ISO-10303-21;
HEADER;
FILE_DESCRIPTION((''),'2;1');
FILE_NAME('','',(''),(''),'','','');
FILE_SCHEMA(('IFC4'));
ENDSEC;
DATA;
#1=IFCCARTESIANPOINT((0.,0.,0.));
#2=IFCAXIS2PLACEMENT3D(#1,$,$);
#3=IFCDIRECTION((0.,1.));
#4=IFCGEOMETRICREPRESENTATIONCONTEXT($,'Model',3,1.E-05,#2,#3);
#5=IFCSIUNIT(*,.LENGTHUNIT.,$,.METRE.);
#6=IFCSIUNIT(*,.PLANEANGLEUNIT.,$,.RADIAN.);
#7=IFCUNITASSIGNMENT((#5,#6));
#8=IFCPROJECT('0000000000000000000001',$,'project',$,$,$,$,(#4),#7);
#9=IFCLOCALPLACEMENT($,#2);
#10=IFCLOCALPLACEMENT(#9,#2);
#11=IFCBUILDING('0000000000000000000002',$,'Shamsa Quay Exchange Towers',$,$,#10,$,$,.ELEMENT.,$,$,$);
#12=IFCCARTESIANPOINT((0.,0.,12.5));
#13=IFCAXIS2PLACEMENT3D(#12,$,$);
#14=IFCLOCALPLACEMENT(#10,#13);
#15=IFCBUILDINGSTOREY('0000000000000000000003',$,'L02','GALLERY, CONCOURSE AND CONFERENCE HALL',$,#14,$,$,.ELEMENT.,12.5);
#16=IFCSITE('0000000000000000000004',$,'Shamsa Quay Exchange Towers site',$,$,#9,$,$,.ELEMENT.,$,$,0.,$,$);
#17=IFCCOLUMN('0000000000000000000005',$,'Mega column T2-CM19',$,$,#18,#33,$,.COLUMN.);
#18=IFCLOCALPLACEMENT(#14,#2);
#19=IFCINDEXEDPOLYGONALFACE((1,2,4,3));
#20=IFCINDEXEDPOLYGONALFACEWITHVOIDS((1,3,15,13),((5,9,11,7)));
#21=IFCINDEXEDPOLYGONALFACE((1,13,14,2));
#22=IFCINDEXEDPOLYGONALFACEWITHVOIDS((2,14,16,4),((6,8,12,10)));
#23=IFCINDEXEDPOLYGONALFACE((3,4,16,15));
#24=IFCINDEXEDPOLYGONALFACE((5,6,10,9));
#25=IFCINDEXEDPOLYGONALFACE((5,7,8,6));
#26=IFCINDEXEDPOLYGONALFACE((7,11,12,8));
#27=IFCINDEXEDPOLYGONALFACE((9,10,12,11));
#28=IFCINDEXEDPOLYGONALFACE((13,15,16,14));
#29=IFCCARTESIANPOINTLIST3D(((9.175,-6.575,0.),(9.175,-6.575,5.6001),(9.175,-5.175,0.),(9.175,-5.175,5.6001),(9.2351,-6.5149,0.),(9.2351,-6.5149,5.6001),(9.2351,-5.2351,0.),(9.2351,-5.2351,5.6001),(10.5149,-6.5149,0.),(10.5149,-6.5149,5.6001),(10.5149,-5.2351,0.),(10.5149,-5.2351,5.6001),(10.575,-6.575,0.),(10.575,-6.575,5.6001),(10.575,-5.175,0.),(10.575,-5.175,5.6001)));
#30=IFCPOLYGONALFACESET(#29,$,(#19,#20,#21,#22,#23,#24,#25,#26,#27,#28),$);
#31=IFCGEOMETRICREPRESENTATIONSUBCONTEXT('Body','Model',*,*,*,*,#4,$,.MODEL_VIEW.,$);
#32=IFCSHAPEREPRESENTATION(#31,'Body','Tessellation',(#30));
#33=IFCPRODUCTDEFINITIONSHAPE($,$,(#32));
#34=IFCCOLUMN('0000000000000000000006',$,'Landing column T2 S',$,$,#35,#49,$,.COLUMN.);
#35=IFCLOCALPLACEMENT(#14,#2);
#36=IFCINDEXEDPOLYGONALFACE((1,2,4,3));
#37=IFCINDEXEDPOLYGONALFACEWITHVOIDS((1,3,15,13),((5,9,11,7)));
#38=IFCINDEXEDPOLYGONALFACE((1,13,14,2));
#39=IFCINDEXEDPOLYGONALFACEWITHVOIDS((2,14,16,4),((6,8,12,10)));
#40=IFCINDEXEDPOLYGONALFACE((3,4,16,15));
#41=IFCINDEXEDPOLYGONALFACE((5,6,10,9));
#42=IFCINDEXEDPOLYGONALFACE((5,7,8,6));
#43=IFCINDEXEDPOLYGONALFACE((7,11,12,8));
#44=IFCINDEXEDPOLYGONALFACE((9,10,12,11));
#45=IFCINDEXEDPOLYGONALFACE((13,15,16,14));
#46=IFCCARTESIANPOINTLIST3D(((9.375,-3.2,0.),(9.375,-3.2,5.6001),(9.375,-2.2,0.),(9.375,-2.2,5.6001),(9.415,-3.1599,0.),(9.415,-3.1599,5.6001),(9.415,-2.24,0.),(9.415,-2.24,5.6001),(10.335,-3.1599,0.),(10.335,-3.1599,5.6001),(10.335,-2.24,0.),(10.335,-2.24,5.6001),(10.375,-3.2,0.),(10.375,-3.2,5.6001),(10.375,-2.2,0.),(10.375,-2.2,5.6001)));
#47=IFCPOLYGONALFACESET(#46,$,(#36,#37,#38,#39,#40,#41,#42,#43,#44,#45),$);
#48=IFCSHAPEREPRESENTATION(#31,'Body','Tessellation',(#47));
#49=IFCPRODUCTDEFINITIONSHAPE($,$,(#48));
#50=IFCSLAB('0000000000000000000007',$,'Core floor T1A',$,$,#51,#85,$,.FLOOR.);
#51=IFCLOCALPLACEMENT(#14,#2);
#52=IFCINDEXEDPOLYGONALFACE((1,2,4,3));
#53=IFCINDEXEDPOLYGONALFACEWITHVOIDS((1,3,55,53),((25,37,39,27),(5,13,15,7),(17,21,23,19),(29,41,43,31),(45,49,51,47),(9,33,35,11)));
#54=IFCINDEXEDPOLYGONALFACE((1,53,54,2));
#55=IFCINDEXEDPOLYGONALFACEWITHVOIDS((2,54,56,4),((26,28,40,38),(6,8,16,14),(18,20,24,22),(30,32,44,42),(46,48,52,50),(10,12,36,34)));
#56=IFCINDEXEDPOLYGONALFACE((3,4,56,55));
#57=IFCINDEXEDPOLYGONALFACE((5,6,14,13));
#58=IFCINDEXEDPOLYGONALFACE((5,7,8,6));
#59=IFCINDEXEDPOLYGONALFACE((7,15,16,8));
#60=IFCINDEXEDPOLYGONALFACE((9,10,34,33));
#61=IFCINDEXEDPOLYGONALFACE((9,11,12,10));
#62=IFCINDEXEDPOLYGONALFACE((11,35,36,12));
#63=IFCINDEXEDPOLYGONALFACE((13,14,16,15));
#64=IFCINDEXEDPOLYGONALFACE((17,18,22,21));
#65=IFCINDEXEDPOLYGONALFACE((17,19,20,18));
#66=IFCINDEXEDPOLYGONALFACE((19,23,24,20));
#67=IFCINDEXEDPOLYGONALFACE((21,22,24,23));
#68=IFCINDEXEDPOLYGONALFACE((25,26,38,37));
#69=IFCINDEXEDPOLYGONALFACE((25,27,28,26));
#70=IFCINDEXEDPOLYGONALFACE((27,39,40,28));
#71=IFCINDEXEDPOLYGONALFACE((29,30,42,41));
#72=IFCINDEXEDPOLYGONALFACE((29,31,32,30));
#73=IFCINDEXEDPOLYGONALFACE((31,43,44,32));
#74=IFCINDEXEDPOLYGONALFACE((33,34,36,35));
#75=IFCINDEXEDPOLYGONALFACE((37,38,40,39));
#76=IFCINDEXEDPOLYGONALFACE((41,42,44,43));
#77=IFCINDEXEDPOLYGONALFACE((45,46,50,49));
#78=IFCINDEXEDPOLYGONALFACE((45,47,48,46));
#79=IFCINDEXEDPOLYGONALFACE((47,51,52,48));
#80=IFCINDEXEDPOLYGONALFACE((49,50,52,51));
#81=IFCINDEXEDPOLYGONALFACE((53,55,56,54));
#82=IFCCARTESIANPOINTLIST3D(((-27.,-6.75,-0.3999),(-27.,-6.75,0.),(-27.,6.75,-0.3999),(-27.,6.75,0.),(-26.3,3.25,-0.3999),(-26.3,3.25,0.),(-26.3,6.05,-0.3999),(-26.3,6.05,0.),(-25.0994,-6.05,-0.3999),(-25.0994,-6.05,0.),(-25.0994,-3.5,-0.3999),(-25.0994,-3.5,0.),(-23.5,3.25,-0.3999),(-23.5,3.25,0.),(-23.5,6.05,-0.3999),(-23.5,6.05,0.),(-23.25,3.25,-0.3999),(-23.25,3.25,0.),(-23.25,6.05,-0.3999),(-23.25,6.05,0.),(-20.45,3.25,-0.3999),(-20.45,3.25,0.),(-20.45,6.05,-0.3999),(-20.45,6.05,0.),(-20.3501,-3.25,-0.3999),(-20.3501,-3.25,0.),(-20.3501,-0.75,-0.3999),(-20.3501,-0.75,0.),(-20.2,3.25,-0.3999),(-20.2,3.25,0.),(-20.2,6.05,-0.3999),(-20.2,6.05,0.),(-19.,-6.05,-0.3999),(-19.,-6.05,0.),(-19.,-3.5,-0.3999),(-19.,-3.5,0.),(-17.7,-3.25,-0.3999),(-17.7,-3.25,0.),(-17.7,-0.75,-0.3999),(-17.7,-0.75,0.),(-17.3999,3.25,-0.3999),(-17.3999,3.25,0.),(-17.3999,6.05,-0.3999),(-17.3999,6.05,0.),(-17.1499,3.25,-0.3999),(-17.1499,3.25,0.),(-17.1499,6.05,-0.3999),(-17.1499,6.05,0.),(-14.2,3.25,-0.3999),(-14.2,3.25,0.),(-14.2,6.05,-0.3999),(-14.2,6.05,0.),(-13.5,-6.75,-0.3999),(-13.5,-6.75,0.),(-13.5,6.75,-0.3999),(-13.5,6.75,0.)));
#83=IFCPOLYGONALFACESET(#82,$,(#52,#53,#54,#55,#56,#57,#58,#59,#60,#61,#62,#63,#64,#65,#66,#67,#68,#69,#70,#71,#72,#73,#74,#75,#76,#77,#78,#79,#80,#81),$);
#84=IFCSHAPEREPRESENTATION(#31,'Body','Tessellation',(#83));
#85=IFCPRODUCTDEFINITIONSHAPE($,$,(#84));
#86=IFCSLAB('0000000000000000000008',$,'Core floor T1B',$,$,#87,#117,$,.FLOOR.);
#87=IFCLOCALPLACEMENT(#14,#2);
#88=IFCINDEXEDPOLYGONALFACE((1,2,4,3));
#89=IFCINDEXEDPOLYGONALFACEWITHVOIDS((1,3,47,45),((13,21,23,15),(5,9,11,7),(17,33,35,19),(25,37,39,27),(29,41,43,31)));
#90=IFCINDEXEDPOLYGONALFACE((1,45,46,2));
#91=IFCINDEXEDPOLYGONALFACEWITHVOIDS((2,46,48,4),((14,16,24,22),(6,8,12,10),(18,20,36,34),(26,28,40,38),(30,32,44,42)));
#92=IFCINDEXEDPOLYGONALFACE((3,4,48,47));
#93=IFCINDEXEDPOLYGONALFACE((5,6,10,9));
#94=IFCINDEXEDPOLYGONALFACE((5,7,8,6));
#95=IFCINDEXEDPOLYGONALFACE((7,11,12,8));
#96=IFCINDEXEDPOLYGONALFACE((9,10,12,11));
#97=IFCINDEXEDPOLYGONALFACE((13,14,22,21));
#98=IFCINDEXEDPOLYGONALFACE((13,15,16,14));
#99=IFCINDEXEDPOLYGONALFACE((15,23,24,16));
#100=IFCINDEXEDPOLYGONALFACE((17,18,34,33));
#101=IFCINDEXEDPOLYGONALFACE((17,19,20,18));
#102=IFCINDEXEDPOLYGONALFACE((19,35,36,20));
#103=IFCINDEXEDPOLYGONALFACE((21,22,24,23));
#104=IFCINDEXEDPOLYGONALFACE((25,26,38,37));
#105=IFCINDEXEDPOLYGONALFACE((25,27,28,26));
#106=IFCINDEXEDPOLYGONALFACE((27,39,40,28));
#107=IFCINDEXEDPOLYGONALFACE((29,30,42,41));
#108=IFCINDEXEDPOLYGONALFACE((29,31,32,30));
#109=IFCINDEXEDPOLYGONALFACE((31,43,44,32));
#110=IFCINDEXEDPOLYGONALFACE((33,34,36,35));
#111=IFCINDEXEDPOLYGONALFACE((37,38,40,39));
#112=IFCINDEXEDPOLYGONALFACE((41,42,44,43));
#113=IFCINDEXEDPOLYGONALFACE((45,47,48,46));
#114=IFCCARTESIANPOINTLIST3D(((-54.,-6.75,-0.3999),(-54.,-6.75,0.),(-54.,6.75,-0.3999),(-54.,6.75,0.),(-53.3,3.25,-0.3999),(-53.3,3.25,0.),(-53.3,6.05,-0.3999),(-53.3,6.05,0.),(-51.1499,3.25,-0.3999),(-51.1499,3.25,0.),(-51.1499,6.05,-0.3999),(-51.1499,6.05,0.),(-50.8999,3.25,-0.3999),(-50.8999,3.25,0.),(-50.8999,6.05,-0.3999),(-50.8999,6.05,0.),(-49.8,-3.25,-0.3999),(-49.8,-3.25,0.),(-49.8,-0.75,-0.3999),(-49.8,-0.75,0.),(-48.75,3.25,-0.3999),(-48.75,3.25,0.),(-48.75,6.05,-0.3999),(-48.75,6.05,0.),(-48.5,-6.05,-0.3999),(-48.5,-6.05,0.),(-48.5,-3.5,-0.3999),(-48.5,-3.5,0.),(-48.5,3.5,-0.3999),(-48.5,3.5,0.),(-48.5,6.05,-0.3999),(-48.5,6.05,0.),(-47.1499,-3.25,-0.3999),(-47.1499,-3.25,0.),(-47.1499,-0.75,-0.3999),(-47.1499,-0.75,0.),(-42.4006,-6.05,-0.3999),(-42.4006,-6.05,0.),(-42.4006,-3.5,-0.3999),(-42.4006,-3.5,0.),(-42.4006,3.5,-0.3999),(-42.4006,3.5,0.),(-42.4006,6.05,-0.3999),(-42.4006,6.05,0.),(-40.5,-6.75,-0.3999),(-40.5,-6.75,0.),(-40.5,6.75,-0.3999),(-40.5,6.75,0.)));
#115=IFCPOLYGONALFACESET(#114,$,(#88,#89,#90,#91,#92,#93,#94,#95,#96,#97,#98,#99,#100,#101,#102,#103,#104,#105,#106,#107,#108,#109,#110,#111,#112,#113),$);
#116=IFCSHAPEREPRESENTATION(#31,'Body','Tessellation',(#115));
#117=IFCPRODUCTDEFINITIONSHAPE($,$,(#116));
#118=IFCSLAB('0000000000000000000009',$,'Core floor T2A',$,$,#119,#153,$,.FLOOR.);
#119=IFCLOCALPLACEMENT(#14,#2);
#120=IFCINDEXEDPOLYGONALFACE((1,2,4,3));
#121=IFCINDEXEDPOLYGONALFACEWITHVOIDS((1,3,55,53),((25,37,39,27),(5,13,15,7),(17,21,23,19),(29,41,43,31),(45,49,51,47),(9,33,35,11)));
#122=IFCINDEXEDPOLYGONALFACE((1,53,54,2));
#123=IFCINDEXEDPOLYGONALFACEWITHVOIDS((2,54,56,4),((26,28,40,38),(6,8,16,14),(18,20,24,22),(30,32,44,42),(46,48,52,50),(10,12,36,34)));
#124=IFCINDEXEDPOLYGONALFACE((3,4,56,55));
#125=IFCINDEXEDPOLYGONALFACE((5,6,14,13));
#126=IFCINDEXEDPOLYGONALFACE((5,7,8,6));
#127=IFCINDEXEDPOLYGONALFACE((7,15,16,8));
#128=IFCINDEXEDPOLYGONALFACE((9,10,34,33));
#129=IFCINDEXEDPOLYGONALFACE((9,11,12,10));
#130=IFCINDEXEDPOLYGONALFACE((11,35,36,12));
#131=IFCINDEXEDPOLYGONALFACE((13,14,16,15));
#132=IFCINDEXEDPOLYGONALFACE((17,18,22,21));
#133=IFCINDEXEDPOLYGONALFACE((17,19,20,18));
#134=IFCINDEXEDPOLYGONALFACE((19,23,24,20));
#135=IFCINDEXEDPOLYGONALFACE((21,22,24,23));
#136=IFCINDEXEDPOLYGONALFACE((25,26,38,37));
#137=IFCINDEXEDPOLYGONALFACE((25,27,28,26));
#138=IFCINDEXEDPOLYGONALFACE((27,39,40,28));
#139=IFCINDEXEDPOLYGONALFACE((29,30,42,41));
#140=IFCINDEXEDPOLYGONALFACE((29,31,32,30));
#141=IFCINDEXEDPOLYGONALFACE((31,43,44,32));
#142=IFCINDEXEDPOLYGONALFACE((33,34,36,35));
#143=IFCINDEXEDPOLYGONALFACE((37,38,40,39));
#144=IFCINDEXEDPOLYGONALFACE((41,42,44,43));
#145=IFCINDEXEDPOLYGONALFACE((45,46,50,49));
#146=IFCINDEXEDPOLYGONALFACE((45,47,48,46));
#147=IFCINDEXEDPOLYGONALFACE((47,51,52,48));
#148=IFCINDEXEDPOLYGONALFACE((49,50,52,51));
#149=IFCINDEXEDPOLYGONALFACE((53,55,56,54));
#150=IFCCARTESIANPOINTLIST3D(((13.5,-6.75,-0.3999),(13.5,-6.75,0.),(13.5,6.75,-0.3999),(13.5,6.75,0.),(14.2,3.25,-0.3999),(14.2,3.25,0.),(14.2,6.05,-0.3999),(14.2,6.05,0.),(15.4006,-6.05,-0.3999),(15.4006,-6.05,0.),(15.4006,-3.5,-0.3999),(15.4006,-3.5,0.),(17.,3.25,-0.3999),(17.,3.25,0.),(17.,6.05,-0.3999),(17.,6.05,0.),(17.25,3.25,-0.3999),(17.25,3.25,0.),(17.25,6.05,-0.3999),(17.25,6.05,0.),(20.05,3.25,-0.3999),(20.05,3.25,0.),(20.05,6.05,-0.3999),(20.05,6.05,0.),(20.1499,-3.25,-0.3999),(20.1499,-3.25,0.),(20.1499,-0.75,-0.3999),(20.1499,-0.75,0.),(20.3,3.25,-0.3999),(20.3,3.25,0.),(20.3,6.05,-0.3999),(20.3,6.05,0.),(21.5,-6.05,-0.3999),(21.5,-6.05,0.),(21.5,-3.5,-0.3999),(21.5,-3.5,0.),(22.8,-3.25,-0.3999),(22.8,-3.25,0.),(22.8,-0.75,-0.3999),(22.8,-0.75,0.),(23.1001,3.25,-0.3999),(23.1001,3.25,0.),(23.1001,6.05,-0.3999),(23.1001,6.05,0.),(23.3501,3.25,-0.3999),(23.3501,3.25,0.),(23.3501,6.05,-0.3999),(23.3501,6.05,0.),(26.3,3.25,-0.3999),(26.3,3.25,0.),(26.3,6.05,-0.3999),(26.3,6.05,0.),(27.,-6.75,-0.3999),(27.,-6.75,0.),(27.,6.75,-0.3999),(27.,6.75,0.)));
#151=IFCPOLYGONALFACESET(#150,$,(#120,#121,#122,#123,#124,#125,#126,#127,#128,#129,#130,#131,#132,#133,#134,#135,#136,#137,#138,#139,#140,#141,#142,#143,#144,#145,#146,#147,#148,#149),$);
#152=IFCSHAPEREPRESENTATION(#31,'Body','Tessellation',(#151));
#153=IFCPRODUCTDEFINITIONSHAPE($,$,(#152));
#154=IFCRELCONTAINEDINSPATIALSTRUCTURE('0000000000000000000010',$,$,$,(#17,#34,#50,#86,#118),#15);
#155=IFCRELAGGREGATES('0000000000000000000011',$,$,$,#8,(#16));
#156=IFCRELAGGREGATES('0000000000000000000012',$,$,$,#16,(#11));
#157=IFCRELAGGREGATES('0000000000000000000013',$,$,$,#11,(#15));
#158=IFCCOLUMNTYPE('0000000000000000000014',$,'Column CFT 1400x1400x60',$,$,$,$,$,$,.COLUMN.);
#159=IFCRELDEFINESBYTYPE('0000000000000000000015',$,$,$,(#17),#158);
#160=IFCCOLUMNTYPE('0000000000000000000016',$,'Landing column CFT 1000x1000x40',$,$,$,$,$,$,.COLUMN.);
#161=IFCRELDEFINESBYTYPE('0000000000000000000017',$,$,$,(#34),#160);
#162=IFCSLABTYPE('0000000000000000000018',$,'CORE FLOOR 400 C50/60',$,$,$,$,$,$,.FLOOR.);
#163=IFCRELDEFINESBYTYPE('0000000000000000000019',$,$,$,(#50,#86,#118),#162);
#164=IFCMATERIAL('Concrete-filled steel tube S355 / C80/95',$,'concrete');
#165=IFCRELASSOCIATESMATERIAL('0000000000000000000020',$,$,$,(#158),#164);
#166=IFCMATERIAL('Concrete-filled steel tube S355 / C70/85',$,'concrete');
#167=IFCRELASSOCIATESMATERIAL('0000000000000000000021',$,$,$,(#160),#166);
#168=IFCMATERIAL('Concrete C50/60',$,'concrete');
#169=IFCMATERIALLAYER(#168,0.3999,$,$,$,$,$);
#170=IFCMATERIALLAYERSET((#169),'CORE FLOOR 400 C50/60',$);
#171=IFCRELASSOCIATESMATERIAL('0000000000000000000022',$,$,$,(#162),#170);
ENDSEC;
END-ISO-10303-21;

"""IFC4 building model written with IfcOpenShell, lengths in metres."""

from ifc_helpers import new_model, si_unit, direction, frame, origin, origin_2d, place, context, subcontext, project, spatial, polyline, hollow_rectangle, outline, extrude, material, layer, layer_set, material_profile, profile_set, type_object, element, save


model = new_model("IFC4")

# Units and contexts
model_context = context("Model", 3, precision=1e-05, world=origin(), true_north=direction((0.0, 1.0)))
body_context = subcontext(model_context, "Body", "Model", "MODEL_VIEW")
ifc_project = project(units=[si_unit("LENGTHUNIT", "METRE"), si_unit("PLANEANGLEUNIT", "RADIAN")], contexts=[model_context])

# Site, building, storey
site_placement = place(None, origin())
site = spatial("IfcSite", under=ifc_project, at=site_placement, Name="Shamsa Quay Exchange Towers site", CompositionType="ELEMENT", RefElevation=0.0)
building_placement = place(site_placement, origin())
building = spatial("IfcBuilding", under=site, at=building_placement, Name="Shamsa Quay Exchange Towers", CompositionType="ELEMENT")
storey_placement = place(building_placement, frame((0.0, 0.0, 12.5)))
storey = spatial("IfcBuildingStorey", under=building, at=storey_placement, Name="L02", Description="GALLERY, CONCOURSE AND CONFERENCE HALL", CompositionType="ELEMENT", Elevation=12.5)

# Columns
ifc_material_1 = material(Name="Concrete-filled steel tube S355 / C80/95", Category="concrete")
ifc_material_profile_1 = material_profile(ifc_material_1, hollow_rectangle(XDim=1.3999, YDim=1.3999, WallThickness=0.0601, at=origin_2d()), Name="CFT 1400x1400x60")
ifc_profile_set_1 = profile_set([ifc_material_profile_1], Name="Concrete-filled steel tube S355 / C80/95")
column_type_1 = type_object("IfcColumnType", Name="Column CFT 1400x1400x60", PredefinedType="COLUMN", material=ifc_profile_set_1)
column_1_placement = place(storey_placement, frame((9.875, -5.875, 0.0)))
element("IfcColumn", 1, at=column_1_placement, inside=storey, type_object=column_type_1, Name="Mega column T2-CM19", PredefinedType="COLUMN", context=body_context, shape_type="SweptSolid", body=[
    extrude(hollow_rectangle(XDim=1.3999, YDim=1.3999, WallThickness=0.0601, at=origin_2d()), origin(), (0.0, 0.0, 1.0), 5.6001),
])
ifc_material_2 = material(Name="Concrete-filled steel tube S355 / C70/85", Category="concrete")
ifc_material_profile_2 = material_profile(ifc_material_2, hollow_rectangle(XDim=1.0, YDim=1.0, WallThickness=0.04, at=origin_2d()), Name="CFT 1000x1000x40")
ifc_profile_set_2 = profile_set([ifc_material_profile_2], Name="Concrete-filled steel tube S355 / C70/85")
column_type_2 = type_object("IfcColumnType", Name="Landing column CFT 1000x1000x40", PredefinedType="COLUMN", material=ifc_profile_set_2)
column_2_placement = place(storey_placement, frame((9.875, -2.7, 0.0)))
element("IfcColumn", 2, at=column_2_placement, inside=storey, type_object=column_type_2, Name="Landing column T2 S", PredefinedType="COLUMN", context=body_context, shape_type="SweptSolid", body=[
    extrude(hollow_rectangle(XDim=1.0, YDim=1.0, WallThickness=0.04, at=origin_2d()), origin(), (0.0, 0.0, 1.0), 5.6001),
])

# Slabs
ifc_material_3 = material(Name="Concrete C50/60", Category="concrete")
ifc_layer_1 = layer(ifc_material_3, 0.3999)
ifc_layer_set_1 = layer_set([ifc_layer_1], Name="CORE FLOOR 400 C50/60")
slab_type_1 = type_object("IfcSlabType", Name="CORE FLOOR 400 C50/60", PredefinedType="FLOOR", material=ifc_layer_set_1)
slab_1_placement = place(storey_placement, frame((0.0, 0.0, -0.3999)))
element("IfcSlab", 3, at=slab_1_placement, inside=storey, type_object=slab_type_1, Name="Core floor T1A", PredefinedType="FLOOR", context=body_context, shape_type="SweptSolid", body=[
    extrude(outline(polyline([(-27.0, -6.75), (-13.5, -6.75), (-13.5, 6.75), (-27.0, 6.75), (-27.0, -6.75)]), holes=[polyline([(-25.0994, -6.05), (-25.0994, -3.5), (-19.0, -3.5), (-19.0, -6.05), (-25.0994, -6.05)]), polyline([(-26.3, 3.25), (-26.3, 6.05), (-23.5, 6.05), (-23.5, 3.25), (-26.3, 3.25)]), polyline([(-23.25, 3.25), (-23.25, 6.05), (-20.45, 6.05), (-20.45, 3.25), (-23.25, 3.25)]), polyline([(-20.2, 3.25), (-20.2, 6.05), (-17.3999, 6.05), (-17.3999, 3.25), (-20.2, 3.25)]), polyline([(-17.1499, 3.25), (-17.1499, 6.05), (-14.2, 6.05), (-14.2, 3.25), (-17.1499, 3.25)]), polyline([(-20.3501, -3.25), (-20.3501, -0.75), (-17.7, -0.75), (-17.7, -3.25), (-20.3501, -3.25)])]), origin(), (0.0, 0.0, 1.0), 0.3999),
])
slab_2_placement = place(storey_placement, frame((0.0, 0.0, -0.3999)))
element("IfcSlab", 4, at=slab_2_placement, inside=storey, type_object=slab_type_1, Name="Core floor T1B", PredefinedType="FLOOR", context=body_context, shape_type="SweptSolid", body=[
    extrude(outline(polyline([(-40.5, -6.75), (-40.5, 6.75), (-54.0, 6.75), (-54.0, -6.75), (-40.5, -6.75)]), holes=[polyline([(-42.4006, -3.5), (-42.4006, -6.05), (-48.5, -6.05), (-48.5, -3.5), (-42.4006, -3.5)]), polyline([(-42.4006, 6.05), (-42.4006, 3.5), (-48.5, 3.5), (-48.5, 6.05), (-42.4006, 6.05)]), polyline([(-48.75, 3.25), (-50.8999, 3.25), (-50.8999, 6.05), (-48.75, 6.05), (-48.75, 3.25)]), polyline([(-51.1499, 3.25), (-53.3, 3.25), (-53.3, 6.05), (-51.1499, 6.05), (-51.1499, 3.25)]), polyline([(-47.1499, -3.25), (-49.8, -3.25), (-49.8, -0.75), (-47.1499, -0.75), (-47.1499, -3.25)])]), origin(), (0.0, 0.0, 1.0), 0.3999),
])
slab_3_placement = place(storey_placement, frame((0.0, 0.0, -0.3999)))
element("IfcSlab", 5, at=slab_3_placement, inside=storey, type_object=slab_type_1, Name="Core floor T2A", PredefinedType="FLOOR", context=body_context, shape_type="SweptSolid", body=[
    extrude(outline(polyline([(13.5, -6.75), (27.0, -6.75), (27.0, 6.75), (13.5, 6.75), (13.5, -6.75)]), holes=[polyline([(15.4006, -6.05), (15.4006, -3.5), (21.5, -3.5), (21.5, -6.05), (15.4006, -6.05)]), polyline([(14.2, 3.25), (14.2, 6.05), (17.0, 6.05), (17.0, 3.25), (14.2, 3.25)]), polyline([(17.25, 3.25), (17.25, 6.05), (20.05, 6.05), (20.05, 3.25), (17.25, 3.25)]), polyline([(20.3, 3.25), (20.3, 6.05), (23.1001, 6.05), (23.1001, 3.25), (20.3, 3.25)]), polyline([(23.3501, 3.25), (23.3501, 6.05), (26.3, 6.05), (26.3, 3.25), (23.3501, 3.25)]), polyline([(20.1499, -3.25), (20.1499, -0.75), (22.8, -0.75), (22.8, -3.25), (20.1499, -3.25)])]), origin(), (0.0, 0.0, 1.0), 0.3999),
])

save(model, "model.ifc")
